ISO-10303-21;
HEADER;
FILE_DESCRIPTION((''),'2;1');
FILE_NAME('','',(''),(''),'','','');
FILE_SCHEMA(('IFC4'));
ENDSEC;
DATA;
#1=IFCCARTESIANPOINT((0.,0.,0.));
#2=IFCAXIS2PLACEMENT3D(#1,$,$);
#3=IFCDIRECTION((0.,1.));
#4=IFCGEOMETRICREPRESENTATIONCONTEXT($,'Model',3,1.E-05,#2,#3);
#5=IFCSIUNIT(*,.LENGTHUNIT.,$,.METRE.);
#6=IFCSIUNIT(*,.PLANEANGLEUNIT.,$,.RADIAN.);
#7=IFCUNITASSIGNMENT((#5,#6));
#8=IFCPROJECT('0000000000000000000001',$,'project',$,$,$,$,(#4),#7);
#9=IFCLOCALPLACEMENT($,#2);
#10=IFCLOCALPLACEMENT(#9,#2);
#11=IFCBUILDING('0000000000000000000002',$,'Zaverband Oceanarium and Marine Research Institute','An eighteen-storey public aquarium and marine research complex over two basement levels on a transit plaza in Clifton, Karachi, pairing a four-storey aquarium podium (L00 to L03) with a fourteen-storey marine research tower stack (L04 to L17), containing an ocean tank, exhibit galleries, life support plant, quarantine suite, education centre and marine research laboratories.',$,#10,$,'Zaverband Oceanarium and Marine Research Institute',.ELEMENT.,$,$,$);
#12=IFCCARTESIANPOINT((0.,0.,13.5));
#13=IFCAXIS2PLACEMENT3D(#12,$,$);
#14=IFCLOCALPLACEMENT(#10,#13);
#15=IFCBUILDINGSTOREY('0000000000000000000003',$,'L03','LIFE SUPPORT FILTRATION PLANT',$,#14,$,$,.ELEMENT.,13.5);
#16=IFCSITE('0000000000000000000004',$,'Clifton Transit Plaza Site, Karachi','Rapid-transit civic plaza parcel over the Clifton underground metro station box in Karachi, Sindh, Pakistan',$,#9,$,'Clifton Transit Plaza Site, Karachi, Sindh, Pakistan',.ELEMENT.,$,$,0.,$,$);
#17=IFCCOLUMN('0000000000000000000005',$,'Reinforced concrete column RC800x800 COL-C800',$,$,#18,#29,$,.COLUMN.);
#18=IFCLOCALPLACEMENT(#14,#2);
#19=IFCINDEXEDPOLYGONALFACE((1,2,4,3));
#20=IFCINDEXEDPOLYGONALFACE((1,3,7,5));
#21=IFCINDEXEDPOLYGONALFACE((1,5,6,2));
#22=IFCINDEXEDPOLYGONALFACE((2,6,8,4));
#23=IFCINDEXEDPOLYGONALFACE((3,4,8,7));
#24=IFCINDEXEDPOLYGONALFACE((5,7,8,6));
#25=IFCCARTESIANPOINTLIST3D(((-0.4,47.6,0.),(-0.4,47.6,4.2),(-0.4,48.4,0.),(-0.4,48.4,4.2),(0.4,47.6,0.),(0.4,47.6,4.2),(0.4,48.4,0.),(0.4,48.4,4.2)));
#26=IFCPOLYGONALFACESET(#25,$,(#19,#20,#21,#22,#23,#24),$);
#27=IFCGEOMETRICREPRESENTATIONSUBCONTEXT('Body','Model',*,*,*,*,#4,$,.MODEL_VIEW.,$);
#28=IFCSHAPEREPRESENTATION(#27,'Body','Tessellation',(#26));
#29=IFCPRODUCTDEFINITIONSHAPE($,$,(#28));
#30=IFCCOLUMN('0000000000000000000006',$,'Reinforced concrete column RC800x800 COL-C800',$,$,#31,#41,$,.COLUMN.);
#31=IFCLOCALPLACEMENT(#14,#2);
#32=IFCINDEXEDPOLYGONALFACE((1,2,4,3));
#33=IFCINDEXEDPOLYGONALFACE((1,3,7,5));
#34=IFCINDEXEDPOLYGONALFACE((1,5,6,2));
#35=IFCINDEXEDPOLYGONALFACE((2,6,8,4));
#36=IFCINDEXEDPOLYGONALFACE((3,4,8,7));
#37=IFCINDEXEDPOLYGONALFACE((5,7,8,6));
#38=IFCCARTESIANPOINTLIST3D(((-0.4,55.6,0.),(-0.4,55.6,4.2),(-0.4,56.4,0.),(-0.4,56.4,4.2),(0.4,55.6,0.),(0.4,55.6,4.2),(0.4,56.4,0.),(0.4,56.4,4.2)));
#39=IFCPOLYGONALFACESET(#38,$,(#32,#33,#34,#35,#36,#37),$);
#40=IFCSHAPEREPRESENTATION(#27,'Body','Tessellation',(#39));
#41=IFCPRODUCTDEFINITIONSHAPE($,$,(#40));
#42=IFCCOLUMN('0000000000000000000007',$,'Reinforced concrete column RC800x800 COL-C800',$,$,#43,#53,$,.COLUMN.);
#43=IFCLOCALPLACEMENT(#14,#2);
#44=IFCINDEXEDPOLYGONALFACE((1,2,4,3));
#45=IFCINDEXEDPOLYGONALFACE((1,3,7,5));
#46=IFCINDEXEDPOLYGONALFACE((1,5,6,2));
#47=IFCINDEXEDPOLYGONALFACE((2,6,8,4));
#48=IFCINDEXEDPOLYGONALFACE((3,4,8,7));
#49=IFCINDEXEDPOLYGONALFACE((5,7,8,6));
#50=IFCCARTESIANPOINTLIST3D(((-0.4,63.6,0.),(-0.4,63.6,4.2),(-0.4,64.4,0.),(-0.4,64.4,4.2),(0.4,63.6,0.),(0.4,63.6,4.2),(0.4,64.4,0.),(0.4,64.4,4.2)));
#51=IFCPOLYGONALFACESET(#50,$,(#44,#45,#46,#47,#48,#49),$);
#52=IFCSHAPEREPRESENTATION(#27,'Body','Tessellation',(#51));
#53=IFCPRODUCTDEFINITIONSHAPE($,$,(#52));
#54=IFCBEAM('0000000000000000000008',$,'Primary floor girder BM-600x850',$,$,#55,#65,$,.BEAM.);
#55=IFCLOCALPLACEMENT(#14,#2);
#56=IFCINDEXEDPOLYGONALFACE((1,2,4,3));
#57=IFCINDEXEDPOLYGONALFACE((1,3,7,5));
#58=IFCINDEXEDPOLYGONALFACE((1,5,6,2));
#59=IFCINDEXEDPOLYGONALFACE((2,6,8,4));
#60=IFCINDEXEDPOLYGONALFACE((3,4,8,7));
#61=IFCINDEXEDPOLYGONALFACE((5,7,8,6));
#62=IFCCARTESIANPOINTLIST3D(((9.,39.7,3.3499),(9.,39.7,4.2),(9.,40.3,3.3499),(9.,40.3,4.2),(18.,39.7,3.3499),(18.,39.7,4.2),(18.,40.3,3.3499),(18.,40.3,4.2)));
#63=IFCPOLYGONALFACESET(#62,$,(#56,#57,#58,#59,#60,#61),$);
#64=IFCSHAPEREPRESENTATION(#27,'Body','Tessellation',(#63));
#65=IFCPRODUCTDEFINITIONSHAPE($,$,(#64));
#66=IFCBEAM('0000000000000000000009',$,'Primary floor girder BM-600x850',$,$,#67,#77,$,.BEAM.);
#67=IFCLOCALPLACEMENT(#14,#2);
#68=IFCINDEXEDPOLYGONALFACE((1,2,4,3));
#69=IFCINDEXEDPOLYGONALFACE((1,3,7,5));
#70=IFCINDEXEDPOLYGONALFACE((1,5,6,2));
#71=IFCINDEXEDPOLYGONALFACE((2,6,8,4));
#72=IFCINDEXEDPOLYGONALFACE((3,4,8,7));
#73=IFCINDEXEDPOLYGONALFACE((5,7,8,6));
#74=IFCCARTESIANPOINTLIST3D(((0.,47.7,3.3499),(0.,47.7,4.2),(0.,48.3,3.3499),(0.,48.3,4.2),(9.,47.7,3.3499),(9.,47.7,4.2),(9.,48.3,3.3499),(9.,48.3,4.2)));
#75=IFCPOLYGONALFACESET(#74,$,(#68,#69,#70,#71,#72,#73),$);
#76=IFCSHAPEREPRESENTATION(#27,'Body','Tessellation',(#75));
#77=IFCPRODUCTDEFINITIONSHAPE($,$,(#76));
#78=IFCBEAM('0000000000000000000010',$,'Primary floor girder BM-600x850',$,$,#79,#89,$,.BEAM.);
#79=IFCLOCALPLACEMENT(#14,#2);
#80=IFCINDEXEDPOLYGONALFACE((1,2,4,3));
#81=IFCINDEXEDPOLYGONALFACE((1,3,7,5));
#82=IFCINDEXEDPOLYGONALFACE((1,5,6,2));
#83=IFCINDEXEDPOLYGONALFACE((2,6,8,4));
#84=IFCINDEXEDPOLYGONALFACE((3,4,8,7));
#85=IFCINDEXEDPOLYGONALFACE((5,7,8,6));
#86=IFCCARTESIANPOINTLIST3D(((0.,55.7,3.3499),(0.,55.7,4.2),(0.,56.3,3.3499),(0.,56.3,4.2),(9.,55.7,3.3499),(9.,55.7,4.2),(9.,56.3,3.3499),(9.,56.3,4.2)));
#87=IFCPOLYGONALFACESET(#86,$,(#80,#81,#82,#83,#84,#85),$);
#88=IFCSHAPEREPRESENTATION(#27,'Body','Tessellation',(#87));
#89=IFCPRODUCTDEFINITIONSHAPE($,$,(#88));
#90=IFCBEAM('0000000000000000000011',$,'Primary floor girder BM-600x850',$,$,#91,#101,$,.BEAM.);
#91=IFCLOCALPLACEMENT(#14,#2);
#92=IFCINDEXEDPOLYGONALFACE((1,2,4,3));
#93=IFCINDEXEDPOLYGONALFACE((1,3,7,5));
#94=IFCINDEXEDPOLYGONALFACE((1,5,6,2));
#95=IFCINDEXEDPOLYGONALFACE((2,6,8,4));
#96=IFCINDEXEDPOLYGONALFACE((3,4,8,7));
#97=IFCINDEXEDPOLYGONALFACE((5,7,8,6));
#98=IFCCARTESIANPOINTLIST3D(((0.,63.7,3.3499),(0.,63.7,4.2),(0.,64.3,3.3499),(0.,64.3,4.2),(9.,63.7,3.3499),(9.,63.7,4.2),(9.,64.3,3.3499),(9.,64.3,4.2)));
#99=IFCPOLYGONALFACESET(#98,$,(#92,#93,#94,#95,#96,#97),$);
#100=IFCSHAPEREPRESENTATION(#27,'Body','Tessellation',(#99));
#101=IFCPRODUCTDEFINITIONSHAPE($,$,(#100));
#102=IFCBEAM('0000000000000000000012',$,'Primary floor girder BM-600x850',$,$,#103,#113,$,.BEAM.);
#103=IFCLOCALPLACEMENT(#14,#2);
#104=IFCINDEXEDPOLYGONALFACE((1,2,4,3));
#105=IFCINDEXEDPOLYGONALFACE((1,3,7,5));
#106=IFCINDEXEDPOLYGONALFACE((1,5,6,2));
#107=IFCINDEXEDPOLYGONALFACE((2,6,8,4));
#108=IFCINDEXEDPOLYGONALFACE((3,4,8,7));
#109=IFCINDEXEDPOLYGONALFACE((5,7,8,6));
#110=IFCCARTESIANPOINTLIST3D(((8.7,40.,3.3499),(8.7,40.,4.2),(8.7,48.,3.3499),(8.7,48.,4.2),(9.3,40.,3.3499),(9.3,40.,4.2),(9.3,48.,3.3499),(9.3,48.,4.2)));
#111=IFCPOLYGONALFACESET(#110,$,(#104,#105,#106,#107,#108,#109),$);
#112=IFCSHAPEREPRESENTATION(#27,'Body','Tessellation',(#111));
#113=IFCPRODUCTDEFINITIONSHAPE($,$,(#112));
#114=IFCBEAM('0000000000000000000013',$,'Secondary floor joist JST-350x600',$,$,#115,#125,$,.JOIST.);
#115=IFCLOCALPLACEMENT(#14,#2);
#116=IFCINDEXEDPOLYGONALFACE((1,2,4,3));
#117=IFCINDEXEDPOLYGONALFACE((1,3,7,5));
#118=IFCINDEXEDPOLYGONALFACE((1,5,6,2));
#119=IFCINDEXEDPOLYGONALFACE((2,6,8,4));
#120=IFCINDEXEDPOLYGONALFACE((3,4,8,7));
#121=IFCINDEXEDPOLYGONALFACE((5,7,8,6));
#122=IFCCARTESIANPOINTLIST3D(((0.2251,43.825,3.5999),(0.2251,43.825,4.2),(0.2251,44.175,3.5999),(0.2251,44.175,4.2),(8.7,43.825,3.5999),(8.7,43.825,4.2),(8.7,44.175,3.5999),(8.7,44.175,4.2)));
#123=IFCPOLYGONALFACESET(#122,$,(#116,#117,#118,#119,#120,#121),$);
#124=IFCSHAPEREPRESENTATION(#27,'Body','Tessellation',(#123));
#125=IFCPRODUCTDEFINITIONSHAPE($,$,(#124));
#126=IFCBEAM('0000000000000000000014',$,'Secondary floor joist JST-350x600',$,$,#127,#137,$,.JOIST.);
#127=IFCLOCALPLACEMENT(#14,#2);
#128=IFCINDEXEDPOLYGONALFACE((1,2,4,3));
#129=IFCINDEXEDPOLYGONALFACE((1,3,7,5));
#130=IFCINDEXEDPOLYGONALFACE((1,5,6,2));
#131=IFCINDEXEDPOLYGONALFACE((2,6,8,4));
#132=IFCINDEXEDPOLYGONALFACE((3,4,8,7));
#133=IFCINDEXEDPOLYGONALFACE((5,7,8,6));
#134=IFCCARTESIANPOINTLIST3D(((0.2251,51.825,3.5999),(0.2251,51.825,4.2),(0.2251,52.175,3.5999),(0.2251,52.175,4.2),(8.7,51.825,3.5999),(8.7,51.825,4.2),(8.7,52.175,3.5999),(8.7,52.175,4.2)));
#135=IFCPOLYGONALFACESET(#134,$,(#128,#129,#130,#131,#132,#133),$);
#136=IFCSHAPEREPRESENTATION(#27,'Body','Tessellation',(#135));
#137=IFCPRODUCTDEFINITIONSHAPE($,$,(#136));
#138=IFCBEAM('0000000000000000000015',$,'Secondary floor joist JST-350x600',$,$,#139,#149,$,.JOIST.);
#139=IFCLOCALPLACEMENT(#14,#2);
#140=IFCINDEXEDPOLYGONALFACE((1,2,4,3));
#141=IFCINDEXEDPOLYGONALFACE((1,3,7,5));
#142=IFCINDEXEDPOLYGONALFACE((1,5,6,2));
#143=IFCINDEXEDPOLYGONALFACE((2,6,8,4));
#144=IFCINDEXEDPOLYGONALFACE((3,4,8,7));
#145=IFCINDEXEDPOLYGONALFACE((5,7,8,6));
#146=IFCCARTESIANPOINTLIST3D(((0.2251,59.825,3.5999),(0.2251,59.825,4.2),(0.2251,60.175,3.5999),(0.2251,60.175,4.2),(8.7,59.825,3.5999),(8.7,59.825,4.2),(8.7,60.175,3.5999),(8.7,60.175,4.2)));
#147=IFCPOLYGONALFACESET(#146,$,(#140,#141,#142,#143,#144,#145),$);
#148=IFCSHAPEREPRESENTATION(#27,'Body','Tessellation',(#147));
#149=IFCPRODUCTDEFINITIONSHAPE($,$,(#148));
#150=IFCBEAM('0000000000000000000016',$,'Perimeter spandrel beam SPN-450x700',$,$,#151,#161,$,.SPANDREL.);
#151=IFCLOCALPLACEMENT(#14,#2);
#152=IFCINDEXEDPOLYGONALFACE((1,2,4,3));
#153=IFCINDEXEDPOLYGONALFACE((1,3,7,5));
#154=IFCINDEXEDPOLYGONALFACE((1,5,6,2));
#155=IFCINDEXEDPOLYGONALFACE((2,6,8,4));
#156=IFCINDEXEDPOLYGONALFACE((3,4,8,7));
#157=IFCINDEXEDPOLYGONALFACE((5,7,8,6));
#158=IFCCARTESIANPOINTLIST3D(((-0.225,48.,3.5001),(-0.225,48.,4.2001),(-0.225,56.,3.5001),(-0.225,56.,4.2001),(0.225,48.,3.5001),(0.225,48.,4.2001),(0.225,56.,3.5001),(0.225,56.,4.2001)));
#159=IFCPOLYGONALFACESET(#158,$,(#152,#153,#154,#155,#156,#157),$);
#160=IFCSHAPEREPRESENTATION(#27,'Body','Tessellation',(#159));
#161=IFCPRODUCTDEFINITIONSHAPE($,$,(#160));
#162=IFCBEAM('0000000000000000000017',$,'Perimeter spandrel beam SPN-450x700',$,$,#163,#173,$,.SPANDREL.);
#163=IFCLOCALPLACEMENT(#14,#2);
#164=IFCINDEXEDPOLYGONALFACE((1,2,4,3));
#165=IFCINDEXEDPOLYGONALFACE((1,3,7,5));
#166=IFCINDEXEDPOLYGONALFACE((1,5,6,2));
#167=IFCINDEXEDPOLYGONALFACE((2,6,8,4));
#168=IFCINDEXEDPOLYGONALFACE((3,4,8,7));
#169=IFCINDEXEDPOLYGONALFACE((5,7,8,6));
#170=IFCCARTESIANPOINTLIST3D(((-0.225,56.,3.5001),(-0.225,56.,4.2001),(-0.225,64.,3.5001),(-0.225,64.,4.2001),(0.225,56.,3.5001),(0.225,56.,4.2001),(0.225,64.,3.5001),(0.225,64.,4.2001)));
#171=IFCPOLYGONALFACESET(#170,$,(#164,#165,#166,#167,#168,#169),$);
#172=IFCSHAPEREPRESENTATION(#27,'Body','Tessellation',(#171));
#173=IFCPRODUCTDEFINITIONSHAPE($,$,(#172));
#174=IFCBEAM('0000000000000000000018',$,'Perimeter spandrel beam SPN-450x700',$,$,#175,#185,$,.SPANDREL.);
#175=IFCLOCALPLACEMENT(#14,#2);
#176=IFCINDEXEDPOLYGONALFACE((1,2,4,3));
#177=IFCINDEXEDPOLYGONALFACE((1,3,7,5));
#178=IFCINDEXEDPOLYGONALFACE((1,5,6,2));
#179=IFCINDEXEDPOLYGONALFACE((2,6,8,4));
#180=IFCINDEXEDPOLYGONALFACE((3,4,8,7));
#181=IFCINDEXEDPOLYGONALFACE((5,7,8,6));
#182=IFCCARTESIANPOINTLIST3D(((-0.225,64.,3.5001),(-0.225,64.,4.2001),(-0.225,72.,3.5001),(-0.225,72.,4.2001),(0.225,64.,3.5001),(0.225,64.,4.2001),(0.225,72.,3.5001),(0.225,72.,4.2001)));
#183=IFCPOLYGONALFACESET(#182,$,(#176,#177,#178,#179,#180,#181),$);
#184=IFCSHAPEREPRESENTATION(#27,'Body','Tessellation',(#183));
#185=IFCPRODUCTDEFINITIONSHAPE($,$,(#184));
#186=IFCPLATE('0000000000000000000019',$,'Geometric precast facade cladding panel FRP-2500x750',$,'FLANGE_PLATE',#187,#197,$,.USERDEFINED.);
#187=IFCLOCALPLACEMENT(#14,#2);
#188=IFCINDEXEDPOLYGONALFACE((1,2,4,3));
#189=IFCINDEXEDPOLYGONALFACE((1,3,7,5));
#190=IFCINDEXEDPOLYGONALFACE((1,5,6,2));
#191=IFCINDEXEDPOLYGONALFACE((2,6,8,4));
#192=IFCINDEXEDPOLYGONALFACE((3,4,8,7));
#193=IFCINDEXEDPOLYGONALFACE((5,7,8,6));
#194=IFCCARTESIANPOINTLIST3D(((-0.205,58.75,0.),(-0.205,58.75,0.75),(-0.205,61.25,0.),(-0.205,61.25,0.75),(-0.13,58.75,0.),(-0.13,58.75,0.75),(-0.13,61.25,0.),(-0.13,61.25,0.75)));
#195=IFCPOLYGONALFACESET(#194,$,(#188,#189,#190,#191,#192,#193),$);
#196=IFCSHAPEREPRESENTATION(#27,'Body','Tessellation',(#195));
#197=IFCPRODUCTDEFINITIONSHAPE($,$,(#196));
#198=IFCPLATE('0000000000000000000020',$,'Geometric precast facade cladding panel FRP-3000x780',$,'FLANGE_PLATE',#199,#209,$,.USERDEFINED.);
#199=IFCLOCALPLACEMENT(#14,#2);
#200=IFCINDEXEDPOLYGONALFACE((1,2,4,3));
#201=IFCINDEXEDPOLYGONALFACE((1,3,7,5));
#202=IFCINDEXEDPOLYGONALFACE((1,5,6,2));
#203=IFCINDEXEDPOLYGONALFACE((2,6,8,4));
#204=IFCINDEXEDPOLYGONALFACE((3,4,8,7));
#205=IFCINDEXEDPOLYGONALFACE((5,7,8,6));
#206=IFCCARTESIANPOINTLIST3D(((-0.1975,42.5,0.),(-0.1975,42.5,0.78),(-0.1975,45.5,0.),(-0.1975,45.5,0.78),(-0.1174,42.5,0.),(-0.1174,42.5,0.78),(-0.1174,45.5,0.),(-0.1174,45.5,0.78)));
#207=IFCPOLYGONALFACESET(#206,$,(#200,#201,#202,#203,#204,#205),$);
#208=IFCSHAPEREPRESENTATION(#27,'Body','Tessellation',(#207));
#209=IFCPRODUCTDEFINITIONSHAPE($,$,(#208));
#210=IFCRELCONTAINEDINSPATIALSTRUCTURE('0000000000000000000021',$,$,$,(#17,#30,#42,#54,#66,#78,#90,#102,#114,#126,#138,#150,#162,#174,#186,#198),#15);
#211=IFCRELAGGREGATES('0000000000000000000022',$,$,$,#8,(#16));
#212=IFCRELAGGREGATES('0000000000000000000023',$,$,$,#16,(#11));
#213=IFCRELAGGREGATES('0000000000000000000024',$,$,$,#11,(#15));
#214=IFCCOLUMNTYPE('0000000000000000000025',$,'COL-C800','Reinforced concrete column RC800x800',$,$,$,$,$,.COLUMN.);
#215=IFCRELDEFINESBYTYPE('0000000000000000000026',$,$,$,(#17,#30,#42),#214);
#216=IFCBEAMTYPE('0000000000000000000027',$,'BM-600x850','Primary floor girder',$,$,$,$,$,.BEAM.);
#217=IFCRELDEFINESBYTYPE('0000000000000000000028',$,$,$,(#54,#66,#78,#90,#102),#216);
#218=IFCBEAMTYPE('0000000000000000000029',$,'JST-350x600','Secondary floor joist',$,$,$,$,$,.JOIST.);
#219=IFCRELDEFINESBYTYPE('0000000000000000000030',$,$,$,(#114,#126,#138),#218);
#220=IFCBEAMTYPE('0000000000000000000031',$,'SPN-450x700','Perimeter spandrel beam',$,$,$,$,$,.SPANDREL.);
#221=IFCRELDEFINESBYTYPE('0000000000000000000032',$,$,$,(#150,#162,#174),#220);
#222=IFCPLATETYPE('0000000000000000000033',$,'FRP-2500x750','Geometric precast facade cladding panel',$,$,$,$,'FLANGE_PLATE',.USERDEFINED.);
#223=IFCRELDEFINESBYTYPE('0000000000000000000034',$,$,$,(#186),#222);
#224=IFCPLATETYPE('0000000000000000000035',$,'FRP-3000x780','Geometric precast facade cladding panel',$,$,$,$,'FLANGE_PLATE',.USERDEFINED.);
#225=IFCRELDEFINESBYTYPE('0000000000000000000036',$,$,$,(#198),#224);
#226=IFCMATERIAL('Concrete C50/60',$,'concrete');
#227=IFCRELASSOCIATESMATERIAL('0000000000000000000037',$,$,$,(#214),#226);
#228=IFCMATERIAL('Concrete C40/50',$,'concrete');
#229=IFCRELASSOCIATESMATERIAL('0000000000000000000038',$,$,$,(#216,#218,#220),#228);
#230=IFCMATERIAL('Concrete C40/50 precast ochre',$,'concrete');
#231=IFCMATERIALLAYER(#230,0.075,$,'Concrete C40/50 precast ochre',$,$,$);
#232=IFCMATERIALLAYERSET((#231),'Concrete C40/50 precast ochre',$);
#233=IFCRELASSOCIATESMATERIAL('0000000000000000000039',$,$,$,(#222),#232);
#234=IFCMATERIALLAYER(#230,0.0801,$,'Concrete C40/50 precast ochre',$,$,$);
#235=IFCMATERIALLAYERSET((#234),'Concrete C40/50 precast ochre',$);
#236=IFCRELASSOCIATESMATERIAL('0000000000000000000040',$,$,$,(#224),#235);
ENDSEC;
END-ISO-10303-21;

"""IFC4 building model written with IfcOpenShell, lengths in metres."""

from ifc_helpers import new_model, si_unit, direction, frame, frame_2d, origin, origin_2d, place, context, subcontext, project, spatial, rectangle, extrude, material, layer, layer_set, material_profile, profile_set, type_object, element, save


model = new_model("IFC4")

# Units and contexts
model_context = context("Model", 3, precision=1e-05, world=origin(), true_north=direction((0.0, 1.0)))
body_context = subcontext(model_context, "Body", "Model", "MODEL_VIEW")
ifc_project = project(units=[si_unit("LENGTHUNIT", "METRE"), si_unit("PLANEANGLEUNIT", "RADIAN")], contexts=[model_context])

# Site, building, storey
site_placement = place(None, origin())
site = spatial("IfcSite", under=ifc_project, at=site_placement, Name="Clifton Transit Plaza Site, Karachi", Description="Rapid-transit civic plaza parcel over the Clifton underground metro station box in Karachi, Sindh, Pakistan", LongName="Clifton Transit Plaza Site, Karachi, Sindh, Pakistan", CompositionType="ELEMENT", RefElevation=0.0)
building_placement = place(site_placement, origin())
building = spatial("IfcBuilding", under=site, at=building_placement, Name="Zaverband Oceanarium and Marine Research Institute", Description="An eighteen-storey public aquarium and marine research complex over two basement levels on a transit plaza in Clifton, Karachi, pairing a four-storey aquarium podium (L00 to L03) with a fourteen-storey marine research tower stack (L04 to L17), containing an ocean tank, exhibit galleries, life support plant, quarantine suite, education centre and marine research laboratories.", LongName="Zaverband Oceanarium and Marine Research Institute", CompositionType="ELEMENT")
storey_placement = place(building_placement, frame((0.0, 0.0, 13.5)))
storey = spatial("IfcBuildingStorey", under=building, at=storey_placement, Name="L03", Description="LIFE SUPPORT FILTRATION PLANT", CompositionType="ELEMENT", Elevation=13.5)

# Columns
ifc_material_1 = material(Name="Concrete C50/60", Category="concrete")
ifc_material_profile_1 = material_profile(ifc_material_1, rectangle(XDim=0.8, YDim=0.8, at=origin_2d()), Name="RC800x800")
ifc_profile_set_1 = profile_set([ifc_material_profile_1], Name="Concrete C50/60")
column_type = type_object("IfcColumnType", Name="COL-C800", Description="Reinforced concrete column RC800x800", PredefinedType="COLUMN", material=ifc_profile_set_1)
for number, where, z_axis, x_axis, name in (
    (1, (0.0, 48.0, 0.0), (0.0, 0.0, 1.0), (1.0, 0.0, 0.0), "Reinforced concrete column RC800x800 COL-C800"),
    (2, (0.0, 56.0, 0.0), (0.0, 0.0, 1.0), (1.0, 0.0, 0.0), "Reinforced concrete column RC800x800 COL-C800"),
    (3, (0.0, 64.0, 0.0), (0.0, 0.0, 1.0), (1.0, 0.0, 0.0), "Reinforced concrete column RC800x800 COL-C800"),
):
    element("IfcColumn", number, at=place(storey_placement, frame(where, z_axis=z_axis, x_axis=x_axis)), inside=storey, type_object=column_type, Name=name, PredefinedType="COLUMN", context=body_context, shape_type="SweptSolid", body=[
        extrude(rectangle(XDim=0.8, YDim=0.8, at=origin_2d()), origin(), (0.0, 0.0, 1.0), 4.2),
    ])

# Beams
ifc_material_2 = material(Name="Concrete C40/50", Category="concrete")
ifc_material_profile_2 = material_profile(ifc_material_2, rectangle(XDim=0.6001, YDim=0.8501, at=origin_2d()), Name="RC600x850")
ifc_profile_set_2 = profile_set([ifc_material_profile_2], Name="Concrete C40/50")
beam_type_1 = type_object("IfcBeamType", Name="BM-600x850", Description="Primary floor girder", PredefinedType="BEAM", material=ifc_profile_set_2)
for number, where, z_axis, x_axis, name in (
    (4, (9.0, 40.0, 3.7749), (1.0, 0.0, 0.0), (0.0, 1.0, 0.0), "Primary floor girder BM-600x850"),
    (5, (0.0, 48.0, 3.7749), (1.0, 0.0, 0.0), (0.0, 1.0, 0.0), "Primary floor girder BM-600x850"),
    (6, (0.0, 56.0, 3.7749), (1.0, 0.0, 0.0), (0.0, 1.0, 0.0), "Primary floor girder BM-600x850"),
    (7, (0.0, 64.0, 3.7749), (1.0, 0.0, 0.0), (0.0, 1.0, 0.0), "Primary floor girder BM-600x850"),
):
    element("IfcBeam", number, at=place(storey_placement, frame(where, z_axis=z_axis, x_axis=x_axis)), inside=storey, type_object=beam_type_1, Name=name, PredefinedType="BEAM", context=body_context, shape_type="SweptSolid", body=[
        extrude(rectangle(XDim=0.6001, YDim=0.8501, at=origin_2d()), origin(), (0.0, 0.0, 1.0), 9.0),
    ])
beam_placement = place(storey_placement, frame((9.0, 40.0, 3.7749), z_axis=(0.0, 1.0, 0.0), x_axis=(-1.0, 0.0, 0.0)))
element("IfcBeam", 8, at=beam_placement, inside=storey, type_object=beam_type_1, Name="Primary floor girder BM-600x850", PredefinedType="BEAM", context=body_context, shape_type="SweptSolid", body=[
    extrude(rectangle(XDim=0.6001, YDim=0.8501, at=origin_2d()), origin(), (0.0, 0.0, 1.0), 8.0),
])
ifc_material_profile_3 = material_profile(ifc_material_2, rectangle(XDim=0.3501, YDim=0.6001, at=origin_2d()), Name="RC350x600")
ifc_profile_set_3 = profile_set([ifc_material_profile_3], Name="Concrete C40/50")
beam_type_2 = type_object("IfcBeamType", Name="JST-350x600", Description="Secondary floor joist", PredefinedType="JOIST", material=ifc_profile_set_3)
for number, where, z_axis, x_axis, name in (
    (9, (0.2251, 44.0, 3.8999), (1.0, 0.0, 0.0), (0.0, 1.0, 0.0), "Secondary floor joist JST-350x600"),
    (10, (0.2251, 52.0, 3.8999), (1.0, 0.0, 0.0), (0.0, 1.0, 0.0), "Secondary floor joist JST-350x600"),
    (11, (0.2251, 60.0, 3.8999), (1.0, 0.0, 0.0), (0.0, 1.0, 0.0), "Secondary floor joist JST-350x600"),
):
    element("IfcBeam", number, at=place(storey_placement, frame(where, z_axis=z_axis, x_axis=x_axis)), inside=storey, type_object=beam_type_2, Name=name, PredefinedType="JOIST", context=body_context, shape_type="SweptSolid", body=[
        extrude(rectangle(XDim=0.3501, YDim=0.6001, at=origin_2d()), origin(), (0.0, 0.0, 1.0), 8.4749),
    ])
ifc_material_profile_4 = material_profile(ifc_material_2, rectangle(XDim=0.45, YDim=0.7, at=origin_2d()), Name="RC450x700")
ifc_profile_set_4 = profile_set([ifc_material_profile_4], Name="Concrete C40/50")
beam_type_3 = type_object("IfcBeamType", Name="SPN-450x700", Description="Perimeter spandrel beam", PredefinedType="SPANDREL", material=ifc_profile_set_4)
for number, where, z_axis, x_axis, name in (
    (12, (0.0, 48.0, 3.8501), (0.0, 1.0, 0.0), (-1.0, 0.0, 0.0), "Perimeter spandrel beam SPN-450x700"),
    (13, (0.0, 56.0, 3.8501), (0.0, 1.0, 0.0), (-1.0, 0.0, 0.0), "Perimeter spandrel beam SPN-450x700"),
    (14, (0.0, 64.0, 3.8501), (0.0, 1.0, 0.0), (-1.0, 0.0, 0.0), "Perimeter spandrel beam SPN-450x700"),
):
    element("IfcBeam", number, at=place(storey_placement, frame(where, z_axis=z_axis, x_axis=x_axis)), inside=storey, type_object=beam_type_3, Name=name, PredefinedType="SPANDREL", context=body_context, shape_type="SweptSolid", body=[
        extrude(rectangle(XDim=0.45, YDim=0.7, at=origin_2d()), origin(), (0.0, 0.0, 1.0), 8.0),
    ])

# Plates
ifc_material_3 = material(Name="Concrete C40/50 precast ochre", Category="concrete")
ifc_layer_1 = layer(ifc_material_3, 0.075, Name="Concrete C40/50 precast ochre")
ifc_layer_set_1 = layer_set([ifc_layer_1], Name="Concrete C40/50 precast ochre")
plate_type_1 = type_object("IfcPlateType", Name="FRP-2500x750", Description="Geometric precast facade cladding panel", ElementType="FLANGE_PLATE", PredefinedType="USERDEFINED", material=ifc_layer_set_1)
plate_1_placement = place(storey_placement, frame((-0.1675, 58.75, 0.0), z_axis=(0.0, 0.0, 1.0), x_axis=(0.0, 1.0, 0.0)))
element("IfcPlate", 15, at=plate_1_placement, inside=storey, type_object=plate_type_1, Name="Geometric precast facade cladding panel FRP-2500x750", ObjectType="FLANGE_PLATE", PredefinedType="USERDEFINED", context=body_context, shape_type="SweptSolid", body=[
    extrude(rectangle(XDim=2.5, YDim=0.075, at=frame_2d((1.25, 0.0))), origin(), (0.0, 0.0, 1.0), 0.75),
])
ifc_layer_2 = layer(ifc_material_3, 0.0801, Name="Concrete C40/50 precast ochre")
ifc_layer_set_2 = layer_set([ifc_layer_2], Name="Concrete C40/50 precast ochre")
plate_type_2 = type_object("IfcPlateType", Name="FRP-3000x780", Description="Geometric precast facade cladding panel", ElementType="FLANGE_PLATE", PredefinedType="USERDEFINED", material=ifc_layer_set_2)
plate_2_placement = place(storey_placement, frame((-0.1575, 42.5, 0.0), z_axis=(0.0, 0.0, 1.0), x_axis=(0.0, 1.0, 0.0)))
element("IfcPlate", 16, at=plate_2_placement, inside=storey, type_object=plate_type_2, Name="Geometric precast facade cladding panel FRP-3000x780", ObjectType="FLANGE_PLATE", PredefinedType="USERDEFINED", context=body_context, shape_type="SweptSolid", body=[
    extrude(rectangle(XDim=3.0, YDim=0.0801, at=frame_2d((1.5, 0.0))), origin(), (0.0, 0.0, 1.0), 0.78),
])

save(model, "model.ifc")
